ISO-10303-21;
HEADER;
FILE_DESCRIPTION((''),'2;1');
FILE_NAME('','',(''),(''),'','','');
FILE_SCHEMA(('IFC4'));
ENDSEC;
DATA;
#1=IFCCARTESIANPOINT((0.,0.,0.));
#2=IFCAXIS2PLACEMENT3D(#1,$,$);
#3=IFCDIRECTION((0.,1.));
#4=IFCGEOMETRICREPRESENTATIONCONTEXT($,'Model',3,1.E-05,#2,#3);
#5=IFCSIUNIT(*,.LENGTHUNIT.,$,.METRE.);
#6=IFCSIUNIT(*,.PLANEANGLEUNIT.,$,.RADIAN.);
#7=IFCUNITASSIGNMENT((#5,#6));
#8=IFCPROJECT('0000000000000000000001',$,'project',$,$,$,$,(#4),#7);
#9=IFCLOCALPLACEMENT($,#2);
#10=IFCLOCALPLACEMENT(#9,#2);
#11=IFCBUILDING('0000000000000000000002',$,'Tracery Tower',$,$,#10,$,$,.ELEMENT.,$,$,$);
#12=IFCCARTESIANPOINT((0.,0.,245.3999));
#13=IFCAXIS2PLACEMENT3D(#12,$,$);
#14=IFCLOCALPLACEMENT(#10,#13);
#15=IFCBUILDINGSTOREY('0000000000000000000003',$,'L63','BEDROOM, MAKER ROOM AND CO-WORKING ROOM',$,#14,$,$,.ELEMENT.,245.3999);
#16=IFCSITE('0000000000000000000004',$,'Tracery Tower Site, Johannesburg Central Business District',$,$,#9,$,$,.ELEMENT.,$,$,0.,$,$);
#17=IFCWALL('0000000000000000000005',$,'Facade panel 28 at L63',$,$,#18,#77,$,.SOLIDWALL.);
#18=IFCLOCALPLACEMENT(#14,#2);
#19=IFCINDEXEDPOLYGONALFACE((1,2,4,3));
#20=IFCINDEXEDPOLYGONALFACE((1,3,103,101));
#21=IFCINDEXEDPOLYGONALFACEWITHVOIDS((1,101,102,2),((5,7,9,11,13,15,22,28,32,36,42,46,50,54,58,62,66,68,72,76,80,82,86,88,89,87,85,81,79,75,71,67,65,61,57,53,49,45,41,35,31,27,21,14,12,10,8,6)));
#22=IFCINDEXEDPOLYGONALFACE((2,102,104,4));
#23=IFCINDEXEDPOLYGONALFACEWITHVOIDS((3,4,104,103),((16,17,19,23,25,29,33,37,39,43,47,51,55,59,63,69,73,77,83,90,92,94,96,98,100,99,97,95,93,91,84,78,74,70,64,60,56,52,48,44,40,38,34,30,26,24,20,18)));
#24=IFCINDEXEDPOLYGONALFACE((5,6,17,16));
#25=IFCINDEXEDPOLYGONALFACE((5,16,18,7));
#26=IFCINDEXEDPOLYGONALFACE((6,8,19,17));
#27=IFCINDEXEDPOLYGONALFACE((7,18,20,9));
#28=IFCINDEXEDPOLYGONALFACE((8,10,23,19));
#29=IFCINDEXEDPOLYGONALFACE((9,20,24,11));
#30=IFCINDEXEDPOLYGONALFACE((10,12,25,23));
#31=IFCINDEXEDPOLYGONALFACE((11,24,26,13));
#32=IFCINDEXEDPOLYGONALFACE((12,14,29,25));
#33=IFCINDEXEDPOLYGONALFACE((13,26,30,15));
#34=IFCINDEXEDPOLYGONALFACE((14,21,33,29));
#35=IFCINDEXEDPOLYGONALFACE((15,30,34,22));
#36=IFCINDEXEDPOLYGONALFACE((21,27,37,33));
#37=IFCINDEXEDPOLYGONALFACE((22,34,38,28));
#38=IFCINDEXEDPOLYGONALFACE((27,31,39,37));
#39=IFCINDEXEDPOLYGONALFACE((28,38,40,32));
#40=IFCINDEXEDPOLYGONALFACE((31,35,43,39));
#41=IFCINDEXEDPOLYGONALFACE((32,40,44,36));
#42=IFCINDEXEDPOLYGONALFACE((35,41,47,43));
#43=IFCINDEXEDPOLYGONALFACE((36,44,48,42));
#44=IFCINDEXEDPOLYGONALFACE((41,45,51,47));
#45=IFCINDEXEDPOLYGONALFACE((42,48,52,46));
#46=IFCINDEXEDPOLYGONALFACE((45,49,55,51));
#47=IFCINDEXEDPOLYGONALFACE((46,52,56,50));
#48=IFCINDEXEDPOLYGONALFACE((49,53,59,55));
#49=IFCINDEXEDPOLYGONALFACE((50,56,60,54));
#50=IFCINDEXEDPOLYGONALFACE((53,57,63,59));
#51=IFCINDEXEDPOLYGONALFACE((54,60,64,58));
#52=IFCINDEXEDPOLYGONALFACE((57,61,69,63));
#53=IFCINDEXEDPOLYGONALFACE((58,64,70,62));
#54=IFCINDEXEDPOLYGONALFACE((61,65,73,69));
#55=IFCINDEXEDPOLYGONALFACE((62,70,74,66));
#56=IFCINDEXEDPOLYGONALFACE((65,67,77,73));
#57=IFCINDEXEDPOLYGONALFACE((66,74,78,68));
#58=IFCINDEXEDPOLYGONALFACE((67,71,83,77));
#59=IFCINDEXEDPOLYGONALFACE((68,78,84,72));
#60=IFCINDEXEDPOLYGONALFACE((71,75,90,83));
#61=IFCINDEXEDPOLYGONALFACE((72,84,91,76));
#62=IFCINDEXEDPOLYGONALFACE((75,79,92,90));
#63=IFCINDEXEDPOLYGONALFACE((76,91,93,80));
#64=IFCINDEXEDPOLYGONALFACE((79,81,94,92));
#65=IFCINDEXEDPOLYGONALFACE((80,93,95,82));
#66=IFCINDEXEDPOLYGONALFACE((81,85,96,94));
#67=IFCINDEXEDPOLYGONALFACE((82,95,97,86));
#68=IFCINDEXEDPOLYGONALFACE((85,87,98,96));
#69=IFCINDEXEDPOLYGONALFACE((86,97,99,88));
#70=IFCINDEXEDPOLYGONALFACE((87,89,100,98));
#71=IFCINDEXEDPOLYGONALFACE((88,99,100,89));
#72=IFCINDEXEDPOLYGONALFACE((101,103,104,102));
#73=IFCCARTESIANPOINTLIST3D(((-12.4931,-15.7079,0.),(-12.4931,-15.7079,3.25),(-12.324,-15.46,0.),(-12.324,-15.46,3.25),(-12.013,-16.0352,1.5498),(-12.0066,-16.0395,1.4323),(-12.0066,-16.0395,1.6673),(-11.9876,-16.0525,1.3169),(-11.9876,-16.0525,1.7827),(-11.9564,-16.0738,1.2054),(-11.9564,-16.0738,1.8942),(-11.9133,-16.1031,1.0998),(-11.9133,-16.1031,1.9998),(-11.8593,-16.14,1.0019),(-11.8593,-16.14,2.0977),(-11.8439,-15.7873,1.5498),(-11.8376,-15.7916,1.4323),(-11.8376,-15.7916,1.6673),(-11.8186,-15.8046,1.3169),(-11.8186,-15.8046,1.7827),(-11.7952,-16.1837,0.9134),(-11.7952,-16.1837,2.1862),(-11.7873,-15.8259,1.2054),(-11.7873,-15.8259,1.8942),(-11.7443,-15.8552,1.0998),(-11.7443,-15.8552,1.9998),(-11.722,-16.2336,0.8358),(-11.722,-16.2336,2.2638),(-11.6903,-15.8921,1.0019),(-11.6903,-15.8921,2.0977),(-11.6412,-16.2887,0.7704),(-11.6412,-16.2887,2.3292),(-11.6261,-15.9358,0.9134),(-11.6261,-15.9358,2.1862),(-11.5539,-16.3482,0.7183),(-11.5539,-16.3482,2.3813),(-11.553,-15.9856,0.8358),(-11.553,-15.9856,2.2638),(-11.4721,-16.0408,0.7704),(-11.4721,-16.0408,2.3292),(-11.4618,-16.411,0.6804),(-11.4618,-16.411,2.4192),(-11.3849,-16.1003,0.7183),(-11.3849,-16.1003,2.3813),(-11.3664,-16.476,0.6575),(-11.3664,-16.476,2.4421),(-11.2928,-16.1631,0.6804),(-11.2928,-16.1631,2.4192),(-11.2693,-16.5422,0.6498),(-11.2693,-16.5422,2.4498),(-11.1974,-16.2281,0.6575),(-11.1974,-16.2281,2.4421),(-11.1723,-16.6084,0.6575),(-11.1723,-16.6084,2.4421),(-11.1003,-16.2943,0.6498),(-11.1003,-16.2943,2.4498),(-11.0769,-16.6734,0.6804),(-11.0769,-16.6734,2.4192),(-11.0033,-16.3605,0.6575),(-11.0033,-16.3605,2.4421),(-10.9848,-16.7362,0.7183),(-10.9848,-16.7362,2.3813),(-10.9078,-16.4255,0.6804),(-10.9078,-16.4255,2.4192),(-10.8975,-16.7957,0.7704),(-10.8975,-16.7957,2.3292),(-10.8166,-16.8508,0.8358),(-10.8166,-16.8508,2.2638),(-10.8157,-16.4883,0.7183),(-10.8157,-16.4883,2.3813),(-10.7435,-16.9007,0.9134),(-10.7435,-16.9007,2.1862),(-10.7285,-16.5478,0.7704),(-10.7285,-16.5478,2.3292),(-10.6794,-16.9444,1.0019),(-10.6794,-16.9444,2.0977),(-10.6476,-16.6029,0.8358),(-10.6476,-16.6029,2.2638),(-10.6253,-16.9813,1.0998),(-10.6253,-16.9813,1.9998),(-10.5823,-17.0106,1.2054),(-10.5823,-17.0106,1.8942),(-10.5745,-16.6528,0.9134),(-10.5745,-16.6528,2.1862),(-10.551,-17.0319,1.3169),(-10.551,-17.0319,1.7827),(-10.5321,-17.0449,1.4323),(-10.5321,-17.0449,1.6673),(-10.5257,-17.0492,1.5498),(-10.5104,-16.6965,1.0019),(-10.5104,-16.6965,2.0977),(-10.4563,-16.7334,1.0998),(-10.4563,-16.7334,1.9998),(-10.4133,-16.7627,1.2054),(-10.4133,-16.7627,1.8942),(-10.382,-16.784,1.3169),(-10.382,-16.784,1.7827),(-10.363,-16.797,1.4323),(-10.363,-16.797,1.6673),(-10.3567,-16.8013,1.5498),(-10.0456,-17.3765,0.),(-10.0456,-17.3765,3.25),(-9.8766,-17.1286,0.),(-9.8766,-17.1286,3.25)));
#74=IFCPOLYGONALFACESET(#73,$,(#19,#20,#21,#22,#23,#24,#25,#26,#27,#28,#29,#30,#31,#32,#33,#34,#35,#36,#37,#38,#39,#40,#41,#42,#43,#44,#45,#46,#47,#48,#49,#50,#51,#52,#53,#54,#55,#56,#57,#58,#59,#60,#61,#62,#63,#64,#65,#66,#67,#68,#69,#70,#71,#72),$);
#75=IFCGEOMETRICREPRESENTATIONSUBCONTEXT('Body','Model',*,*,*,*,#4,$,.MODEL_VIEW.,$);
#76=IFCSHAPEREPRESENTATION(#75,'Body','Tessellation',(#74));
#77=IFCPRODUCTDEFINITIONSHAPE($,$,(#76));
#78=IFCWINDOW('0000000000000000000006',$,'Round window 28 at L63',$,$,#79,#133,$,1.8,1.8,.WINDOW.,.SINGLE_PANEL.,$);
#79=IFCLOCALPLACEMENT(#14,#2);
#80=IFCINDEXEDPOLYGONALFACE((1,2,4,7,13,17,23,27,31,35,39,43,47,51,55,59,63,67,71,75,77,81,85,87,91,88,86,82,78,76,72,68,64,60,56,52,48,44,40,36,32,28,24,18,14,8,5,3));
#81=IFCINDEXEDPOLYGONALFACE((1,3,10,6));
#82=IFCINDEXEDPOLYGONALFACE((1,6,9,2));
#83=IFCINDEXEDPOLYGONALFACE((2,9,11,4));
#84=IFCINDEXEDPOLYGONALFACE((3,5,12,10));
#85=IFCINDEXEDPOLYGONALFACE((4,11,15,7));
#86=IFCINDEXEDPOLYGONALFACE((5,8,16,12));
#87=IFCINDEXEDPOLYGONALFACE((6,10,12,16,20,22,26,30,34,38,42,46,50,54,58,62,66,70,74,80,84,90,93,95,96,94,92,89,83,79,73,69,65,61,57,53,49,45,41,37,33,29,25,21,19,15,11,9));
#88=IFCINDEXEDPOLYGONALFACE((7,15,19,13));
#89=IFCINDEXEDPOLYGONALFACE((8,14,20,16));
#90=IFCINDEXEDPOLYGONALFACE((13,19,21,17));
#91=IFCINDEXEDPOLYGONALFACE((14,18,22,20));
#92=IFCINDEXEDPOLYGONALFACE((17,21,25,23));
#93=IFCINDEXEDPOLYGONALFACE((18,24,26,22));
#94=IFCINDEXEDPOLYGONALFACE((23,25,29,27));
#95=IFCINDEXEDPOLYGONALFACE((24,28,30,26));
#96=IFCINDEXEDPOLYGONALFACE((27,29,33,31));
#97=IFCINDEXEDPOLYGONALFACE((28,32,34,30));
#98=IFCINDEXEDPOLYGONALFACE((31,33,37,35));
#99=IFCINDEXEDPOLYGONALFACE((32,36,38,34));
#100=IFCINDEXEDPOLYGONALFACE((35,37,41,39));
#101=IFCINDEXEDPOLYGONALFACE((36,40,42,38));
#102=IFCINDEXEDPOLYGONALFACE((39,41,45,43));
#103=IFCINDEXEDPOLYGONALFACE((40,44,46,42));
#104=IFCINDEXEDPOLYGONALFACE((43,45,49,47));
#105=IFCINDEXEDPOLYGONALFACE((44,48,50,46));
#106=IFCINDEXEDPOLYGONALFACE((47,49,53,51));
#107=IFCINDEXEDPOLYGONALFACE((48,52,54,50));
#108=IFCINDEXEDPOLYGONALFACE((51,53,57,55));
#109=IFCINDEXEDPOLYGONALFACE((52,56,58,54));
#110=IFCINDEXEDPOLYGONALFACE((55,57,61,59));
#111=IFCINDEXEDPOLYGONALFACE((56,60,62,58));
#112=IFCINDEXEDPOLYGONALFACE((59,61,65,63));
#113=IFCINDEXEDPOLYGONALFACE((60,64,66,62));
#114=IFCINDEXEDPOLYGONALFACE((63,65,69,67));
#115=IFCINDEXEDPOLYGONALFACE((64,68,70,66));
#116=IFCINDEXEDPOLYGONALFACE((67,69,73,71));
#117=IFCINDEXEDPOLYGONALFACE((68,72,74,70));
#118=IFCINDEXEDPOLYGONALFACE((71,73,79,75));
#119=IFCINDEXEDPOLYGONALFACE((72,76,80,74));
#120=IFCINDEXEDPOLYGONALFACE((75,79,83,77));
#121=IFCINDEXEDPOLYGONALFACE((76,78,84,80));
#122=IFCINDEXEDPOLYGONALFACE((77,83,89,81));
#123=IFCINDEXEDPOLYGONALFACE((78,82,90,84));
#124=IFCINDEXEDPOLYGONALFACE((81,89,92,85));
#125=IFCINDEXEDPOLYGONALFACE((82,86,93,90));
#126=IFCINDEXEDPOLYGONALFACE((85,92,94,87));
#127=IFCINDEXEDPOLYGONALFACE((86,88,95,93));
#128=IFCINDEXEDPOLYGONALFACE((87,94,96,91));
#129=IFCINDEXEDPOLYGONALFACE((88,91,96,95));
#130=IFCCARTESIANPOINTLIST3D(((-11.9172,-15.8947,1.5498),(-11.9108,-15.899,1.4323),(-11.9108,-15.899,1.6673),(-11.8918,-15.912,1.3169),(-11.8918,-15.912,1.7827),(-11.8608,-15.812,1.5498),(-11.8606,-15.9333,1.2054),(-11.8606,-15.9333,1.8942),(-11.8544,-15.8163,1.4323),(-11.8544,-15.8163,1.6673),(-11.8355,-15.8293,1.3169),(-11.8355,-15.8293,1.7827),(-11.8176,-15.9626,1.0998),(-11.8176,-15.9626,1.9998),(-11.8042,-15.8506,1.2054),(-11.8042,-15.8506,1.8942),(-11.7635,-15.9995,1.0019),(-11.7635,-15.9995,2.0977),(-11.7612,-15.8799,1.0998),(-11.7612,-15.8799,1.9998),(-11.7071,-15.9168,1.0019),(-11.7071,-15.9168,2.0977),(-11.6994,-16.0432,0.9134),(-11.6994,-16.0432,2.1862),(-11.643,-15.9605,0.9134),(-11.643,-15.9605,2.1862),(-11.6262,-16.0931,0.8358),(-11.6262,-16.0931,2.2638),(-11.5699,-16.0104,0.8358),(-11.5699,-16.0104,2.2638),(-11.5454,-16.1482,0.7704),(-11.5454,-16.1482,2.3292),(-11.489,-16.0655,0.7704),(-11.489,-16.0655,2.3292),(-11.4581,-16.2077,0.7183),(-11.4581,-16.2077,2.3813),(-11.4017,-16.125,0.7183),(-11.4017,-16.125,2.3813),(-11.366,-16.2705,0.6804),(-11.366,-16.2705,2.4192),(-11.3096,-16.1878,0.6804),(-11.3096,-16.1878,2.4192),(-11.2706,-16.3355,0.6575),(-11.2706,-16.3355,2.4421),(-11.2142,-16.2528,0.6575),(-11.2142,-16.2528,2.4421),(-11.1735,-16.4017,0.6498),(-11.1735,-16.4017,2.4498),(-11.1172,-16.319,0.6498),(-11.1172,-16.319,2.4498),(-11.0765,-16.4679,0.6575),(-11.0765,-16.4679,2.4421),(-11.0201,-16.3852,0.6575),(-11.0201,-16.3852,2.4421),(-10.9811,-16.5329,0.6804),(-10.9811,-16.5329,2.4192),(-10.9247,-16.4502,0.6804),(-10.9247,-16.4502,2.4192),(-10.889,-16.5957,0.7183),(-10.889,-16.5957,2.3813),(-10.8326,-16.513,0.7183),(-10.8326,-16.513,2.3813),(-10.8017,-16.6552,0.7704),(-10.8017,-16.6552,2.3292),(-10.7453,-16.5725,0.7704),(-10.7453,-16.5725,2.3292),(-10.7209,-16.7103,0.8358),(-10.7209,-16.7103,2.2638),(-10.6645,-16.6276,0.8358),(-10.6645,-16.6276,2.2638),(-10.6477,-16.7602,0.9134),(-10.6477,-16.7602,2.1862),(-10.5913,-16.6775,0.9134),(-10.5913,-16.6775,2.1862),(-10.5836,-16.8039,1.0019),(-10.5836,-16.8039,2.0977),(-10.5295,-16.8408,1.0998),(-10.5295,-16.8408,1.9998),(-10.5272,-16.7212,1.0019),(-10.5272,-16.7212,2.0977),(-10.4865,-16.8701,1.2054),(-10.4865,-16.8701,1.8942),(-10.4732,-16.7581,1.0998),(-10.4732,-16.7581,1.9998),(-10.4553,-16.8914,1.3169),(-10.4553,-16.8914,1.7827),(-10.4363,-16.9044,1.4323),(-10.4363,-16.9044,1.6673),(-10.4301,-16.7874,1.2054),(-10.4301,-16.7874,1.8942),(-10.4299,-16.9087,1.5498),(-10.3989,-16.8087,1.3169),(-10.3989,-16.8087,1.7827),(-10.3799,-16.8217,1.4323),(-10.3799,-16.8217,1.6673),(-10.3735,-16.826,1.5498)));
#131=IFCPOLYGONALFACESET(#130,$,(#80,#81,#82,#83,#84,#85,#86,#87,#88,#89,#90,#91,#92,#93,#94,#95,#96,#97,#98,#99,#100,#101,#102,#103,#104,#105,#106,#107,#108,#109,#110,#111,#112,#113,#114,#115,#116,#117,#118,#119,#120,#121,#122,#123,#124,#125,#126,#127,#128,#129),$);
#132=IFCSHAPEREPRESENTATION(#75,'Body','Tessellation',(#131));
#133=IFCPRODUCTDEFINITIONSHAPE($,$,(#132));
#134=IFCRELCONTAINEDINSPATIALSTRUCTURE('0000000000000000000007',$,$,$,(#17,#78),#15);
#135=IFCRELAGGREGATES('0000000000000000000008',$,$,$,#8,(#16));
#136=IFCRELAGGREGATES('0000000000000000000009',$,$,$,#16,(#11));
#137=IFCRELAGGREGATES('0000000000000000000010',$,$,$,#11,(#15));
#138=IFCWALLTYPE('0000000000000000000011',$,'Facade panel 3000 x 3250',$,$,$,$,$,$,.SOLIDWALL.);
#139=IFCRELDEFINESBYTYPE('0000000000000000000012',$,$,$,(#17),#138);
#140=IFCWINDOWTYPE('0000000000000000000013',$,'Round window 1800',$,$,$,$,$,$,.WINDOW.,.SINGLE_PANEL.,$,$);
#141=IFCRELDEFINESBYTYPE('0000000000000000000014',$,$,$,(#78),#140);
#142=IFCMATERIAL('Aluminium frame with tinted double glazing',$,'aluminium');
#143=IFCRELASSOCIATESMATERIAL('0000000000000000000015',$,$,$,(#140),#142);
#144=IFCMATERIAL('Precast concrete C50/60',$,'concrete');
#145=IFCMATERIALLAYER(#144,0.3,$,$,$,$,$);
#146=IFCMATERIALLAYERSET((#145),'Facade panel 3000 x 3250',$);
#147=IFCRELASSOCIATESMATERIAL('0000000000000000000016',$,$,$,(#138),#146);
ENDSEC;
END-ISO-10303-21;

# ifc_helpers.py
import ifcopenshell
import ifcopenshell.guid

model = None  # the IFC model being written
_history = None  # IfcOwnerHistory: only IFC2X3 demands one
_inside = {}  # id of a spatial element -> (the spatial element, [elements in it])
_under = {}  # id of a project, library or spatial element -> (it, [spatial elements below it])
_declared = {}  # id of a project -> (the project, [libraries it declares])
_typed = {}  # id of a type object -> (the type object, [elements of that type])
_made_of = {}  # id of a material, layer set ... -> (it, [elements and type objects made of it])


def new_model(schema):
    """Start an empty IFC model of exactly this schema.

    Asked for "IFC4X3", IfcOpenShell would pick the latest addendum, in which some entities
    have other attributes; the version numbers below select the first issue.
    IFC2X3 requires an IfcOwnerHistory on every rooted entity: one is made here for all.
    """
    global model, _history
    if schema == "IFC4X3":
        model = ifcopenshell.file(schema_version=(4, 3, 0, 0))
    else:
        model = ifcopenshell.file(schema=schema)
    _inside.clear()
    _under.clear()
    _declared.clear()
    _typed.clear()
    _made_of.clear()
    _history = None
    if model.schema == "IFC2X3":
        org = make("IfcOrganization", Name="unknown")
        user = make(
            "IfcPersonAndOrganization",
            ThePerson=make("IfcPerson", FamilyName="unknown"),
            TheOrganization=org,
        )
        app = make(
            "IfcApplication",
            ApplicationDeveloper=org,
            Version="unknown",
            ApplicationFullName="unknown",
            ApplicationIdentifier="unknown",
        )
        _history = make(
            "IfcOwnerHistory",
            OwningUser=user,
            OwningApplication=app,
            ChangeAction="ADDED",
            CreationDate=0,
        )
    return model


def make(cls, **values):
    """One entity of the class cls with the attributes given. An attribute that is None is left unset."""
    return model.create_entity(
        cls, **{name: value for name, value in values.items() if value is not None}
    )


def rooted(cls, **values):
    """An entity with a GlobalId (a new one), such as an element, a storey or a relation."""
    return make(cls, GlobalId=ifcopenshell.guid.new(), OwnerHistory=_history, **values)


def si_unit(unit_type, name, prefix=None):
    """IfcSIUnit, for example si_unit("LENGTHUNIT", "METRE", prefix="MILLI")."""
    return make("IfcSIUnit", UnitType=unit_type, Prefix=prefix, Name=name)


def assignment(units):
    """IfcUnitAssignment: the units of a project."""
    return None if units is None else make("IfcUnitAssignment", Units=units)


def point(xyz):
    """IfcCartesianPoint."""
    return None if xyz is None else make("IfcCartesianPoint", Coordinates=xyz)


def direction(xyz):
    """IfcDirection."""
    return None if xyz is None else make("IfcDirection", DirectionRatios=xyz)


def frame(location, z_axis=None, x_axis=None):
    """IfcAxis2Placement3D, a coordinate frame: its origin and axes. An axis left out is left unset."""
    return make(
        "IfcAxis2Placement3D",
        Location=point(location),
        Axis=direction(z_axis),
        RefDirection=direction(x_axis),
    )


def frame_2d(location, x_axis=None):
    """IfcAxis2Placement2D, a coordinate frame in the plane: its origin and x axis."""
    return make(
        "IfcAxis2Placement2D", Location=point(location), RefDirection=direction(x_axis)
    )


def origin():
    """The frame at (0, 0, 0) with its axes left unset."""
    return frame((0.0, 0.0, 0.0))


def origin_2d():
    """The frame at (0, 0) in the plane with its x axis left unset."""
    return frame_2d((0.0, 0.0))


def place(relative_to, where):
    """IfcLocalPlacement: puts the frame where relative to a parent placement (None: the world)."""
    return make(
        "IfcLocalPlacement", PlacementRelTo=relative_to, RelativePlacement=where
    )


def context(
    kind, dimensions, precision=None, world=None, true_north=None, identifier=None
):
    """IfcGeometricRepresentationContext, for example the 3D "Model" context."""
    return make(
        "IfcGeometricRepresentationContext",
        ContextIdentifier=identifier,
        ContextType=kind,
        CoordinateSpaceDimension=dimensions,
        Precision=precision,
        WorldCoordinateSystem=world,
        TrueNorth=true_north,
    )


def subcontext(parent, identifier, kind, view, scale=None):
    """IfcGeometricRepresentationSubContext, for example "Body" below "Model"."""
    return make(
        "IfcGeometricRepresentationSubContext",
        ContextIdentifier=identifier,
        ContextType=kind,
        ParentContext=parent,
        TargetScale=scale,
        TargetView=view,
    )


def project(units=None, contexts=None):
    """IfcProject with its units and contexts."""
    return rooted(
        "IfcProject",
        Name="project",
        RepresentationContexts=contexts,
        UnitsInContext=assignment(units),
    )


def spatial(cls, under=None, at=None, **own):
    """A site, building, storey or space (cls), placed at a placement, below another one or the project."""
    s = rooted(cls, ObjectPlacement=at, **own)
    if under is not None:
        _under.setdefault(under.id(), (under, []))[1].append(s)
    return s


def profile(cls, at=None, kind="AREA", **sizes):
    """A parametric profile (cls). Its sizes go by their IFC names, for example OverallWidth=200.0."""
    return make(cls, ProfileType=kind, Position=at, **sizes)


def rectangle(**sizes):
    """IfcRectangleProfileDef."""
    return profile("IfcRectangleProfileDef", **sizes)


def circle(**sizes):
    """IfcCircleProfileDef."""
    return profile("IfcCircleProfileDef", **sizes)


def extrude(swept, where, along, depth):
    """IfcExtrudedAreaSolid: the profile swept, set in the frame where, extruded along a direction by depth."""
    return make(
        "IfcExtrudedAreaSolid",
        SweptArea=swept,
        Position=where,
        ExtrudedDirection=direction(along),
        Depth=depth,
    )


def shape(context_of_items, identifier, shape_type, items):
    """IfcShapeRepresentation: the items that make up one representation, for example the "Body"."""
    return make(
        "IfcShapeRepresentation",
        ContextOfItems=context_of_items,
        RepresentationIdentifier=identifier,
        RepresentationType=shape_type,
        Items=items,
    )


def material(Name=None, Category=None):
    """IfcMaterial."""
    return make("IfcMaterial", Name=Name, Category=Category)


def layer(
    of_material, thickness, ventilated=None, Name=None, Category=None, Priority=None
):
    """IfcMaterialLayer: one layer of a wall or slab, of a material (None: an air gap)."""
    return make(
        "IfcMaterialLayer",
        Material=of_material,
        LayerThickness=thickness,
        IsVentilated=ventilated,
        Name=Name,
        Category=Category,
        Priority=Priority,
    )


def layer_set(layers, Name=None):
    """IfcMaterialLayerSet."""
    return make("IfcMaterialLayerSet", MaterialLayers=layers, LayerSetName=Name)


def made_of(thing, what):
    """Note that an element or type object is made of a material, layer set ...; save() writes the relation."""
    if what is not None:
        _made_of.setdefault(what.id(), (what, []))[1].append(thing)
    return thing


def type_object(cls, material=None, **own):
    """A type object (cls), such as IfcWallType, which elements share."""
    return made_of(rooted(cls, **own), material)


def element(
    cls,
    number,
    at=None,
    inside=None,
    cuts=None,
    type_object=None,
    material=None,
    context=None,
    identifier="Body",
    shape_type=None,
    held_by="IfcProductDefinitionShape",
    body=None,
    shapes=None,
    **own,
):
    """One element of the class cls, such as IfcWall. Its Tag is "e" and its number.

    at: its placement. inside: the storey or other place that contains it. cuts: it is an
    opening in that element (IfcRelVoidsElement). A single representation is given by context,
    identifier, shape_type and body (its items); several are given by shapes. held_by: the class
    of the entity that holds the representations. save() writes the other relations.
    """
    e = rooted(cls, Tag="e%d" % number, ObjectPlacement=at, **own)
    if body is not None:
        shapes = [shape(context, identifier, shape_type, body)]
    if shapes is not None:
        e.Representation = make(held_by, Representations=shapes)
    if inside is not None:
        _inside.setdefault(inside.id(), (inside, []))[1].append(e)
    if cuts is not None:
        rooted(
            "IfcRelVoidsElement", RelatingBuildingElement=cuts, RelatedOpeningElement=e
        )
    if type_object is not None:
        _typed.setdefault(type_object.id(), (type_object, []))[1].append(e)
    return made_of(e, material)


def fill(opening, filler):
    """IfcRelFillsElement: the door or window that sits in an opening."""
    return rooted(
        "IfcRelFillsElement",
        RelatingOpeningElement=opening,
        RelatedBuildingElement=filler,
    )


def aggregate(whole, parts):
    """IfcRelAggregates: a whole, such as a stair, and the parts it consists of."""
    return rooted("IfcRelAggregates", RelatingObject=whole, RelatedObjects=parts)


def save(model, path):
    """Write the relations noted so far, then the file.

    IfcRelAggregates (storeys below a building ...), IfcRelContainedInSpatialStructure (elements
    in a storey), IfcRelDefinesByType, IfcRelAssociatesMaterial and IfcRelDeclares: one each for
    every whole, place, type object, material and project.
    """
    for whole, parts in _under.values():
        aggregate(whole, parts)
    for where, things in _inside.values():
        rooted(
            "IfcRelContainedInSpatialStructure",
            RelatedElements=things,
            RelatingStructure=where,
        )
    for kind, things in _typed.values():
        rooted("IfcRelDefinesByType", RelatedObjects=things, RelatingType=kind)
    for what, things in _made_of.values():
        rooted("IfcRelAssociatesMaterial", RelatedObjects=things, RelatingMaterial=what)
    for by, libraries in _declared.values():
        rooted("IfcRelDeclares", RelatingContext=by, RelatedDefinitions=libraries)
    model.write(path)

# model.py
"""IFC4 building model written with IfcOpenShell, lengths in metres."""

from ifc_helpers import new_model, si_unit, direction, frame, frame_2d, origin, origin_2d, place, context, subcontext, project, spatial, rectangle, circle, extrude, material, layer, layer_set, type_object, element, fill, save


model = new_model("IFC4")

# Units and contexts
model_context = context("Model", 3, precision=1e-05, world=origin(), true_north=direction((0.0, 1.0)))
body_context = subcontext(model_context, "Body", "Model", "MODEL_VIEW")
ifc_project = project(units=[si_unit("LENGTHUNIT", "METRE"), si_unit("PLANEANGLEUNIT", "RADIAN")], contexts=[model_context])

# Site, building, storey
site_placement = place(None, origin())
site = spatial("IfcSite", under=ifc_project, at=site_placement, Name="Tracery Tower Site, Johannesburg Central Business District", CompositionType="ELEMENT", RefElevation=0.0)
building_placement = place(site_placement, origin())
building = spatial("IfcBuilding", under=site, at=building_placement, Name="Tracery Tower", CompositionType="ELEMENT")
storey_placement = place(building_placement, frame((0.0, 0.0, 245.3999)))
storey = spatial("IfcBuildingStorey", under=building, at=storey_placement, Name="L63", Description="BEDROOM, MAKER ROOM AND CO-WORKING ROOM", CompositionType="ELEMENT", Elevation=245.3999)

# Wall, opening, window
ifc_material_1 = material(Name="Aluminium frame with tinted double glazing", Category="aluminium")
window_type = type_object("IfcWindowType", Name="Round window 1800", PartitioningType="SINGLE_PANEL", PredefinedType="WINDOW", material=ifc_material_1)
ifc_material_2 = material(Name="Precast concrete C50/60", Category="concrete")
ifc_layer_1 = layer(ifc_material_2, 0.3)
ifc_layer_set_1 = layer_set([ifc_layer_1], Name="Facade panel 3000 x 3250")
wall_type_1 = type_object("IfcWallType", Name="Facade panel 3000 x 3250", PredefinedType="SOLIDWALL", material=ifc_layer_set_1)
wall_1_placement = place(storey_placement, frame((-12.4084, -15.584, 0.0), z_axis=(0.0, 0.0, 1.0), x_axis=(0.826236, -0.563324, 0.0)))
wall_1 = element("IfcWall", 1, at=wall_1_placement, inside=storey, type_object=wall_type_1, Name="Facade panel 28 at L63", PredefinedType="SOLIDWALL", context=body_context, shape_type="SweptSolid", body=[
    extrude(rectangle(XDim=2.9622, YDim=0.3, at=frame_2d((1.481, 0.0))), origin(), (0.0, 0.0, 1.0), 3.25),
])
opening_1_placement = place(wall_1_placement, frame((1.481, 0.0, 1.5498)))
opening_1 = element("IfcOpeningElement", 2, at=opening_1_placement, cuts=wall_1, PredefinedType="OPENING", context=body_context, shape_type="SweptSolid", body=[
    extrude(circle(Radius=0.9, at=origin_2d()), frame((0.0, 0.1599, 0.0), z_axis=(0.0, -1.0, 0.0), x_axis=(1.0, 0.0, 0.0)), (0.0, 0.0, 1.0), 0.3201),
])
window_1_placement = place(opening_1_placement, origin())
window_1 = element("IfcWindow", 3, at=window_1_placement, inside=storey, type_object=window_type, Name="Round window 28 at L63", OverallHeight=1.8, OverallWidth=1.8, PartitioningType="SINGLE_PANEL", PredefinedType="WINDOW", context=body_context, shape_type="SweptSolid", body=[
    extrude(circle(Radius=0.9, at=origin_2d()), frame((0.0, 0.1201, 0.0), z_axis=(0.0, -1.0, 0.0), x_axis=(1.0, 0.0, 0.0)), (0.0, 0.0, 1.0), 0.1001),
])
fill(opening_1, window_1)

save(model, "model.ifc")
